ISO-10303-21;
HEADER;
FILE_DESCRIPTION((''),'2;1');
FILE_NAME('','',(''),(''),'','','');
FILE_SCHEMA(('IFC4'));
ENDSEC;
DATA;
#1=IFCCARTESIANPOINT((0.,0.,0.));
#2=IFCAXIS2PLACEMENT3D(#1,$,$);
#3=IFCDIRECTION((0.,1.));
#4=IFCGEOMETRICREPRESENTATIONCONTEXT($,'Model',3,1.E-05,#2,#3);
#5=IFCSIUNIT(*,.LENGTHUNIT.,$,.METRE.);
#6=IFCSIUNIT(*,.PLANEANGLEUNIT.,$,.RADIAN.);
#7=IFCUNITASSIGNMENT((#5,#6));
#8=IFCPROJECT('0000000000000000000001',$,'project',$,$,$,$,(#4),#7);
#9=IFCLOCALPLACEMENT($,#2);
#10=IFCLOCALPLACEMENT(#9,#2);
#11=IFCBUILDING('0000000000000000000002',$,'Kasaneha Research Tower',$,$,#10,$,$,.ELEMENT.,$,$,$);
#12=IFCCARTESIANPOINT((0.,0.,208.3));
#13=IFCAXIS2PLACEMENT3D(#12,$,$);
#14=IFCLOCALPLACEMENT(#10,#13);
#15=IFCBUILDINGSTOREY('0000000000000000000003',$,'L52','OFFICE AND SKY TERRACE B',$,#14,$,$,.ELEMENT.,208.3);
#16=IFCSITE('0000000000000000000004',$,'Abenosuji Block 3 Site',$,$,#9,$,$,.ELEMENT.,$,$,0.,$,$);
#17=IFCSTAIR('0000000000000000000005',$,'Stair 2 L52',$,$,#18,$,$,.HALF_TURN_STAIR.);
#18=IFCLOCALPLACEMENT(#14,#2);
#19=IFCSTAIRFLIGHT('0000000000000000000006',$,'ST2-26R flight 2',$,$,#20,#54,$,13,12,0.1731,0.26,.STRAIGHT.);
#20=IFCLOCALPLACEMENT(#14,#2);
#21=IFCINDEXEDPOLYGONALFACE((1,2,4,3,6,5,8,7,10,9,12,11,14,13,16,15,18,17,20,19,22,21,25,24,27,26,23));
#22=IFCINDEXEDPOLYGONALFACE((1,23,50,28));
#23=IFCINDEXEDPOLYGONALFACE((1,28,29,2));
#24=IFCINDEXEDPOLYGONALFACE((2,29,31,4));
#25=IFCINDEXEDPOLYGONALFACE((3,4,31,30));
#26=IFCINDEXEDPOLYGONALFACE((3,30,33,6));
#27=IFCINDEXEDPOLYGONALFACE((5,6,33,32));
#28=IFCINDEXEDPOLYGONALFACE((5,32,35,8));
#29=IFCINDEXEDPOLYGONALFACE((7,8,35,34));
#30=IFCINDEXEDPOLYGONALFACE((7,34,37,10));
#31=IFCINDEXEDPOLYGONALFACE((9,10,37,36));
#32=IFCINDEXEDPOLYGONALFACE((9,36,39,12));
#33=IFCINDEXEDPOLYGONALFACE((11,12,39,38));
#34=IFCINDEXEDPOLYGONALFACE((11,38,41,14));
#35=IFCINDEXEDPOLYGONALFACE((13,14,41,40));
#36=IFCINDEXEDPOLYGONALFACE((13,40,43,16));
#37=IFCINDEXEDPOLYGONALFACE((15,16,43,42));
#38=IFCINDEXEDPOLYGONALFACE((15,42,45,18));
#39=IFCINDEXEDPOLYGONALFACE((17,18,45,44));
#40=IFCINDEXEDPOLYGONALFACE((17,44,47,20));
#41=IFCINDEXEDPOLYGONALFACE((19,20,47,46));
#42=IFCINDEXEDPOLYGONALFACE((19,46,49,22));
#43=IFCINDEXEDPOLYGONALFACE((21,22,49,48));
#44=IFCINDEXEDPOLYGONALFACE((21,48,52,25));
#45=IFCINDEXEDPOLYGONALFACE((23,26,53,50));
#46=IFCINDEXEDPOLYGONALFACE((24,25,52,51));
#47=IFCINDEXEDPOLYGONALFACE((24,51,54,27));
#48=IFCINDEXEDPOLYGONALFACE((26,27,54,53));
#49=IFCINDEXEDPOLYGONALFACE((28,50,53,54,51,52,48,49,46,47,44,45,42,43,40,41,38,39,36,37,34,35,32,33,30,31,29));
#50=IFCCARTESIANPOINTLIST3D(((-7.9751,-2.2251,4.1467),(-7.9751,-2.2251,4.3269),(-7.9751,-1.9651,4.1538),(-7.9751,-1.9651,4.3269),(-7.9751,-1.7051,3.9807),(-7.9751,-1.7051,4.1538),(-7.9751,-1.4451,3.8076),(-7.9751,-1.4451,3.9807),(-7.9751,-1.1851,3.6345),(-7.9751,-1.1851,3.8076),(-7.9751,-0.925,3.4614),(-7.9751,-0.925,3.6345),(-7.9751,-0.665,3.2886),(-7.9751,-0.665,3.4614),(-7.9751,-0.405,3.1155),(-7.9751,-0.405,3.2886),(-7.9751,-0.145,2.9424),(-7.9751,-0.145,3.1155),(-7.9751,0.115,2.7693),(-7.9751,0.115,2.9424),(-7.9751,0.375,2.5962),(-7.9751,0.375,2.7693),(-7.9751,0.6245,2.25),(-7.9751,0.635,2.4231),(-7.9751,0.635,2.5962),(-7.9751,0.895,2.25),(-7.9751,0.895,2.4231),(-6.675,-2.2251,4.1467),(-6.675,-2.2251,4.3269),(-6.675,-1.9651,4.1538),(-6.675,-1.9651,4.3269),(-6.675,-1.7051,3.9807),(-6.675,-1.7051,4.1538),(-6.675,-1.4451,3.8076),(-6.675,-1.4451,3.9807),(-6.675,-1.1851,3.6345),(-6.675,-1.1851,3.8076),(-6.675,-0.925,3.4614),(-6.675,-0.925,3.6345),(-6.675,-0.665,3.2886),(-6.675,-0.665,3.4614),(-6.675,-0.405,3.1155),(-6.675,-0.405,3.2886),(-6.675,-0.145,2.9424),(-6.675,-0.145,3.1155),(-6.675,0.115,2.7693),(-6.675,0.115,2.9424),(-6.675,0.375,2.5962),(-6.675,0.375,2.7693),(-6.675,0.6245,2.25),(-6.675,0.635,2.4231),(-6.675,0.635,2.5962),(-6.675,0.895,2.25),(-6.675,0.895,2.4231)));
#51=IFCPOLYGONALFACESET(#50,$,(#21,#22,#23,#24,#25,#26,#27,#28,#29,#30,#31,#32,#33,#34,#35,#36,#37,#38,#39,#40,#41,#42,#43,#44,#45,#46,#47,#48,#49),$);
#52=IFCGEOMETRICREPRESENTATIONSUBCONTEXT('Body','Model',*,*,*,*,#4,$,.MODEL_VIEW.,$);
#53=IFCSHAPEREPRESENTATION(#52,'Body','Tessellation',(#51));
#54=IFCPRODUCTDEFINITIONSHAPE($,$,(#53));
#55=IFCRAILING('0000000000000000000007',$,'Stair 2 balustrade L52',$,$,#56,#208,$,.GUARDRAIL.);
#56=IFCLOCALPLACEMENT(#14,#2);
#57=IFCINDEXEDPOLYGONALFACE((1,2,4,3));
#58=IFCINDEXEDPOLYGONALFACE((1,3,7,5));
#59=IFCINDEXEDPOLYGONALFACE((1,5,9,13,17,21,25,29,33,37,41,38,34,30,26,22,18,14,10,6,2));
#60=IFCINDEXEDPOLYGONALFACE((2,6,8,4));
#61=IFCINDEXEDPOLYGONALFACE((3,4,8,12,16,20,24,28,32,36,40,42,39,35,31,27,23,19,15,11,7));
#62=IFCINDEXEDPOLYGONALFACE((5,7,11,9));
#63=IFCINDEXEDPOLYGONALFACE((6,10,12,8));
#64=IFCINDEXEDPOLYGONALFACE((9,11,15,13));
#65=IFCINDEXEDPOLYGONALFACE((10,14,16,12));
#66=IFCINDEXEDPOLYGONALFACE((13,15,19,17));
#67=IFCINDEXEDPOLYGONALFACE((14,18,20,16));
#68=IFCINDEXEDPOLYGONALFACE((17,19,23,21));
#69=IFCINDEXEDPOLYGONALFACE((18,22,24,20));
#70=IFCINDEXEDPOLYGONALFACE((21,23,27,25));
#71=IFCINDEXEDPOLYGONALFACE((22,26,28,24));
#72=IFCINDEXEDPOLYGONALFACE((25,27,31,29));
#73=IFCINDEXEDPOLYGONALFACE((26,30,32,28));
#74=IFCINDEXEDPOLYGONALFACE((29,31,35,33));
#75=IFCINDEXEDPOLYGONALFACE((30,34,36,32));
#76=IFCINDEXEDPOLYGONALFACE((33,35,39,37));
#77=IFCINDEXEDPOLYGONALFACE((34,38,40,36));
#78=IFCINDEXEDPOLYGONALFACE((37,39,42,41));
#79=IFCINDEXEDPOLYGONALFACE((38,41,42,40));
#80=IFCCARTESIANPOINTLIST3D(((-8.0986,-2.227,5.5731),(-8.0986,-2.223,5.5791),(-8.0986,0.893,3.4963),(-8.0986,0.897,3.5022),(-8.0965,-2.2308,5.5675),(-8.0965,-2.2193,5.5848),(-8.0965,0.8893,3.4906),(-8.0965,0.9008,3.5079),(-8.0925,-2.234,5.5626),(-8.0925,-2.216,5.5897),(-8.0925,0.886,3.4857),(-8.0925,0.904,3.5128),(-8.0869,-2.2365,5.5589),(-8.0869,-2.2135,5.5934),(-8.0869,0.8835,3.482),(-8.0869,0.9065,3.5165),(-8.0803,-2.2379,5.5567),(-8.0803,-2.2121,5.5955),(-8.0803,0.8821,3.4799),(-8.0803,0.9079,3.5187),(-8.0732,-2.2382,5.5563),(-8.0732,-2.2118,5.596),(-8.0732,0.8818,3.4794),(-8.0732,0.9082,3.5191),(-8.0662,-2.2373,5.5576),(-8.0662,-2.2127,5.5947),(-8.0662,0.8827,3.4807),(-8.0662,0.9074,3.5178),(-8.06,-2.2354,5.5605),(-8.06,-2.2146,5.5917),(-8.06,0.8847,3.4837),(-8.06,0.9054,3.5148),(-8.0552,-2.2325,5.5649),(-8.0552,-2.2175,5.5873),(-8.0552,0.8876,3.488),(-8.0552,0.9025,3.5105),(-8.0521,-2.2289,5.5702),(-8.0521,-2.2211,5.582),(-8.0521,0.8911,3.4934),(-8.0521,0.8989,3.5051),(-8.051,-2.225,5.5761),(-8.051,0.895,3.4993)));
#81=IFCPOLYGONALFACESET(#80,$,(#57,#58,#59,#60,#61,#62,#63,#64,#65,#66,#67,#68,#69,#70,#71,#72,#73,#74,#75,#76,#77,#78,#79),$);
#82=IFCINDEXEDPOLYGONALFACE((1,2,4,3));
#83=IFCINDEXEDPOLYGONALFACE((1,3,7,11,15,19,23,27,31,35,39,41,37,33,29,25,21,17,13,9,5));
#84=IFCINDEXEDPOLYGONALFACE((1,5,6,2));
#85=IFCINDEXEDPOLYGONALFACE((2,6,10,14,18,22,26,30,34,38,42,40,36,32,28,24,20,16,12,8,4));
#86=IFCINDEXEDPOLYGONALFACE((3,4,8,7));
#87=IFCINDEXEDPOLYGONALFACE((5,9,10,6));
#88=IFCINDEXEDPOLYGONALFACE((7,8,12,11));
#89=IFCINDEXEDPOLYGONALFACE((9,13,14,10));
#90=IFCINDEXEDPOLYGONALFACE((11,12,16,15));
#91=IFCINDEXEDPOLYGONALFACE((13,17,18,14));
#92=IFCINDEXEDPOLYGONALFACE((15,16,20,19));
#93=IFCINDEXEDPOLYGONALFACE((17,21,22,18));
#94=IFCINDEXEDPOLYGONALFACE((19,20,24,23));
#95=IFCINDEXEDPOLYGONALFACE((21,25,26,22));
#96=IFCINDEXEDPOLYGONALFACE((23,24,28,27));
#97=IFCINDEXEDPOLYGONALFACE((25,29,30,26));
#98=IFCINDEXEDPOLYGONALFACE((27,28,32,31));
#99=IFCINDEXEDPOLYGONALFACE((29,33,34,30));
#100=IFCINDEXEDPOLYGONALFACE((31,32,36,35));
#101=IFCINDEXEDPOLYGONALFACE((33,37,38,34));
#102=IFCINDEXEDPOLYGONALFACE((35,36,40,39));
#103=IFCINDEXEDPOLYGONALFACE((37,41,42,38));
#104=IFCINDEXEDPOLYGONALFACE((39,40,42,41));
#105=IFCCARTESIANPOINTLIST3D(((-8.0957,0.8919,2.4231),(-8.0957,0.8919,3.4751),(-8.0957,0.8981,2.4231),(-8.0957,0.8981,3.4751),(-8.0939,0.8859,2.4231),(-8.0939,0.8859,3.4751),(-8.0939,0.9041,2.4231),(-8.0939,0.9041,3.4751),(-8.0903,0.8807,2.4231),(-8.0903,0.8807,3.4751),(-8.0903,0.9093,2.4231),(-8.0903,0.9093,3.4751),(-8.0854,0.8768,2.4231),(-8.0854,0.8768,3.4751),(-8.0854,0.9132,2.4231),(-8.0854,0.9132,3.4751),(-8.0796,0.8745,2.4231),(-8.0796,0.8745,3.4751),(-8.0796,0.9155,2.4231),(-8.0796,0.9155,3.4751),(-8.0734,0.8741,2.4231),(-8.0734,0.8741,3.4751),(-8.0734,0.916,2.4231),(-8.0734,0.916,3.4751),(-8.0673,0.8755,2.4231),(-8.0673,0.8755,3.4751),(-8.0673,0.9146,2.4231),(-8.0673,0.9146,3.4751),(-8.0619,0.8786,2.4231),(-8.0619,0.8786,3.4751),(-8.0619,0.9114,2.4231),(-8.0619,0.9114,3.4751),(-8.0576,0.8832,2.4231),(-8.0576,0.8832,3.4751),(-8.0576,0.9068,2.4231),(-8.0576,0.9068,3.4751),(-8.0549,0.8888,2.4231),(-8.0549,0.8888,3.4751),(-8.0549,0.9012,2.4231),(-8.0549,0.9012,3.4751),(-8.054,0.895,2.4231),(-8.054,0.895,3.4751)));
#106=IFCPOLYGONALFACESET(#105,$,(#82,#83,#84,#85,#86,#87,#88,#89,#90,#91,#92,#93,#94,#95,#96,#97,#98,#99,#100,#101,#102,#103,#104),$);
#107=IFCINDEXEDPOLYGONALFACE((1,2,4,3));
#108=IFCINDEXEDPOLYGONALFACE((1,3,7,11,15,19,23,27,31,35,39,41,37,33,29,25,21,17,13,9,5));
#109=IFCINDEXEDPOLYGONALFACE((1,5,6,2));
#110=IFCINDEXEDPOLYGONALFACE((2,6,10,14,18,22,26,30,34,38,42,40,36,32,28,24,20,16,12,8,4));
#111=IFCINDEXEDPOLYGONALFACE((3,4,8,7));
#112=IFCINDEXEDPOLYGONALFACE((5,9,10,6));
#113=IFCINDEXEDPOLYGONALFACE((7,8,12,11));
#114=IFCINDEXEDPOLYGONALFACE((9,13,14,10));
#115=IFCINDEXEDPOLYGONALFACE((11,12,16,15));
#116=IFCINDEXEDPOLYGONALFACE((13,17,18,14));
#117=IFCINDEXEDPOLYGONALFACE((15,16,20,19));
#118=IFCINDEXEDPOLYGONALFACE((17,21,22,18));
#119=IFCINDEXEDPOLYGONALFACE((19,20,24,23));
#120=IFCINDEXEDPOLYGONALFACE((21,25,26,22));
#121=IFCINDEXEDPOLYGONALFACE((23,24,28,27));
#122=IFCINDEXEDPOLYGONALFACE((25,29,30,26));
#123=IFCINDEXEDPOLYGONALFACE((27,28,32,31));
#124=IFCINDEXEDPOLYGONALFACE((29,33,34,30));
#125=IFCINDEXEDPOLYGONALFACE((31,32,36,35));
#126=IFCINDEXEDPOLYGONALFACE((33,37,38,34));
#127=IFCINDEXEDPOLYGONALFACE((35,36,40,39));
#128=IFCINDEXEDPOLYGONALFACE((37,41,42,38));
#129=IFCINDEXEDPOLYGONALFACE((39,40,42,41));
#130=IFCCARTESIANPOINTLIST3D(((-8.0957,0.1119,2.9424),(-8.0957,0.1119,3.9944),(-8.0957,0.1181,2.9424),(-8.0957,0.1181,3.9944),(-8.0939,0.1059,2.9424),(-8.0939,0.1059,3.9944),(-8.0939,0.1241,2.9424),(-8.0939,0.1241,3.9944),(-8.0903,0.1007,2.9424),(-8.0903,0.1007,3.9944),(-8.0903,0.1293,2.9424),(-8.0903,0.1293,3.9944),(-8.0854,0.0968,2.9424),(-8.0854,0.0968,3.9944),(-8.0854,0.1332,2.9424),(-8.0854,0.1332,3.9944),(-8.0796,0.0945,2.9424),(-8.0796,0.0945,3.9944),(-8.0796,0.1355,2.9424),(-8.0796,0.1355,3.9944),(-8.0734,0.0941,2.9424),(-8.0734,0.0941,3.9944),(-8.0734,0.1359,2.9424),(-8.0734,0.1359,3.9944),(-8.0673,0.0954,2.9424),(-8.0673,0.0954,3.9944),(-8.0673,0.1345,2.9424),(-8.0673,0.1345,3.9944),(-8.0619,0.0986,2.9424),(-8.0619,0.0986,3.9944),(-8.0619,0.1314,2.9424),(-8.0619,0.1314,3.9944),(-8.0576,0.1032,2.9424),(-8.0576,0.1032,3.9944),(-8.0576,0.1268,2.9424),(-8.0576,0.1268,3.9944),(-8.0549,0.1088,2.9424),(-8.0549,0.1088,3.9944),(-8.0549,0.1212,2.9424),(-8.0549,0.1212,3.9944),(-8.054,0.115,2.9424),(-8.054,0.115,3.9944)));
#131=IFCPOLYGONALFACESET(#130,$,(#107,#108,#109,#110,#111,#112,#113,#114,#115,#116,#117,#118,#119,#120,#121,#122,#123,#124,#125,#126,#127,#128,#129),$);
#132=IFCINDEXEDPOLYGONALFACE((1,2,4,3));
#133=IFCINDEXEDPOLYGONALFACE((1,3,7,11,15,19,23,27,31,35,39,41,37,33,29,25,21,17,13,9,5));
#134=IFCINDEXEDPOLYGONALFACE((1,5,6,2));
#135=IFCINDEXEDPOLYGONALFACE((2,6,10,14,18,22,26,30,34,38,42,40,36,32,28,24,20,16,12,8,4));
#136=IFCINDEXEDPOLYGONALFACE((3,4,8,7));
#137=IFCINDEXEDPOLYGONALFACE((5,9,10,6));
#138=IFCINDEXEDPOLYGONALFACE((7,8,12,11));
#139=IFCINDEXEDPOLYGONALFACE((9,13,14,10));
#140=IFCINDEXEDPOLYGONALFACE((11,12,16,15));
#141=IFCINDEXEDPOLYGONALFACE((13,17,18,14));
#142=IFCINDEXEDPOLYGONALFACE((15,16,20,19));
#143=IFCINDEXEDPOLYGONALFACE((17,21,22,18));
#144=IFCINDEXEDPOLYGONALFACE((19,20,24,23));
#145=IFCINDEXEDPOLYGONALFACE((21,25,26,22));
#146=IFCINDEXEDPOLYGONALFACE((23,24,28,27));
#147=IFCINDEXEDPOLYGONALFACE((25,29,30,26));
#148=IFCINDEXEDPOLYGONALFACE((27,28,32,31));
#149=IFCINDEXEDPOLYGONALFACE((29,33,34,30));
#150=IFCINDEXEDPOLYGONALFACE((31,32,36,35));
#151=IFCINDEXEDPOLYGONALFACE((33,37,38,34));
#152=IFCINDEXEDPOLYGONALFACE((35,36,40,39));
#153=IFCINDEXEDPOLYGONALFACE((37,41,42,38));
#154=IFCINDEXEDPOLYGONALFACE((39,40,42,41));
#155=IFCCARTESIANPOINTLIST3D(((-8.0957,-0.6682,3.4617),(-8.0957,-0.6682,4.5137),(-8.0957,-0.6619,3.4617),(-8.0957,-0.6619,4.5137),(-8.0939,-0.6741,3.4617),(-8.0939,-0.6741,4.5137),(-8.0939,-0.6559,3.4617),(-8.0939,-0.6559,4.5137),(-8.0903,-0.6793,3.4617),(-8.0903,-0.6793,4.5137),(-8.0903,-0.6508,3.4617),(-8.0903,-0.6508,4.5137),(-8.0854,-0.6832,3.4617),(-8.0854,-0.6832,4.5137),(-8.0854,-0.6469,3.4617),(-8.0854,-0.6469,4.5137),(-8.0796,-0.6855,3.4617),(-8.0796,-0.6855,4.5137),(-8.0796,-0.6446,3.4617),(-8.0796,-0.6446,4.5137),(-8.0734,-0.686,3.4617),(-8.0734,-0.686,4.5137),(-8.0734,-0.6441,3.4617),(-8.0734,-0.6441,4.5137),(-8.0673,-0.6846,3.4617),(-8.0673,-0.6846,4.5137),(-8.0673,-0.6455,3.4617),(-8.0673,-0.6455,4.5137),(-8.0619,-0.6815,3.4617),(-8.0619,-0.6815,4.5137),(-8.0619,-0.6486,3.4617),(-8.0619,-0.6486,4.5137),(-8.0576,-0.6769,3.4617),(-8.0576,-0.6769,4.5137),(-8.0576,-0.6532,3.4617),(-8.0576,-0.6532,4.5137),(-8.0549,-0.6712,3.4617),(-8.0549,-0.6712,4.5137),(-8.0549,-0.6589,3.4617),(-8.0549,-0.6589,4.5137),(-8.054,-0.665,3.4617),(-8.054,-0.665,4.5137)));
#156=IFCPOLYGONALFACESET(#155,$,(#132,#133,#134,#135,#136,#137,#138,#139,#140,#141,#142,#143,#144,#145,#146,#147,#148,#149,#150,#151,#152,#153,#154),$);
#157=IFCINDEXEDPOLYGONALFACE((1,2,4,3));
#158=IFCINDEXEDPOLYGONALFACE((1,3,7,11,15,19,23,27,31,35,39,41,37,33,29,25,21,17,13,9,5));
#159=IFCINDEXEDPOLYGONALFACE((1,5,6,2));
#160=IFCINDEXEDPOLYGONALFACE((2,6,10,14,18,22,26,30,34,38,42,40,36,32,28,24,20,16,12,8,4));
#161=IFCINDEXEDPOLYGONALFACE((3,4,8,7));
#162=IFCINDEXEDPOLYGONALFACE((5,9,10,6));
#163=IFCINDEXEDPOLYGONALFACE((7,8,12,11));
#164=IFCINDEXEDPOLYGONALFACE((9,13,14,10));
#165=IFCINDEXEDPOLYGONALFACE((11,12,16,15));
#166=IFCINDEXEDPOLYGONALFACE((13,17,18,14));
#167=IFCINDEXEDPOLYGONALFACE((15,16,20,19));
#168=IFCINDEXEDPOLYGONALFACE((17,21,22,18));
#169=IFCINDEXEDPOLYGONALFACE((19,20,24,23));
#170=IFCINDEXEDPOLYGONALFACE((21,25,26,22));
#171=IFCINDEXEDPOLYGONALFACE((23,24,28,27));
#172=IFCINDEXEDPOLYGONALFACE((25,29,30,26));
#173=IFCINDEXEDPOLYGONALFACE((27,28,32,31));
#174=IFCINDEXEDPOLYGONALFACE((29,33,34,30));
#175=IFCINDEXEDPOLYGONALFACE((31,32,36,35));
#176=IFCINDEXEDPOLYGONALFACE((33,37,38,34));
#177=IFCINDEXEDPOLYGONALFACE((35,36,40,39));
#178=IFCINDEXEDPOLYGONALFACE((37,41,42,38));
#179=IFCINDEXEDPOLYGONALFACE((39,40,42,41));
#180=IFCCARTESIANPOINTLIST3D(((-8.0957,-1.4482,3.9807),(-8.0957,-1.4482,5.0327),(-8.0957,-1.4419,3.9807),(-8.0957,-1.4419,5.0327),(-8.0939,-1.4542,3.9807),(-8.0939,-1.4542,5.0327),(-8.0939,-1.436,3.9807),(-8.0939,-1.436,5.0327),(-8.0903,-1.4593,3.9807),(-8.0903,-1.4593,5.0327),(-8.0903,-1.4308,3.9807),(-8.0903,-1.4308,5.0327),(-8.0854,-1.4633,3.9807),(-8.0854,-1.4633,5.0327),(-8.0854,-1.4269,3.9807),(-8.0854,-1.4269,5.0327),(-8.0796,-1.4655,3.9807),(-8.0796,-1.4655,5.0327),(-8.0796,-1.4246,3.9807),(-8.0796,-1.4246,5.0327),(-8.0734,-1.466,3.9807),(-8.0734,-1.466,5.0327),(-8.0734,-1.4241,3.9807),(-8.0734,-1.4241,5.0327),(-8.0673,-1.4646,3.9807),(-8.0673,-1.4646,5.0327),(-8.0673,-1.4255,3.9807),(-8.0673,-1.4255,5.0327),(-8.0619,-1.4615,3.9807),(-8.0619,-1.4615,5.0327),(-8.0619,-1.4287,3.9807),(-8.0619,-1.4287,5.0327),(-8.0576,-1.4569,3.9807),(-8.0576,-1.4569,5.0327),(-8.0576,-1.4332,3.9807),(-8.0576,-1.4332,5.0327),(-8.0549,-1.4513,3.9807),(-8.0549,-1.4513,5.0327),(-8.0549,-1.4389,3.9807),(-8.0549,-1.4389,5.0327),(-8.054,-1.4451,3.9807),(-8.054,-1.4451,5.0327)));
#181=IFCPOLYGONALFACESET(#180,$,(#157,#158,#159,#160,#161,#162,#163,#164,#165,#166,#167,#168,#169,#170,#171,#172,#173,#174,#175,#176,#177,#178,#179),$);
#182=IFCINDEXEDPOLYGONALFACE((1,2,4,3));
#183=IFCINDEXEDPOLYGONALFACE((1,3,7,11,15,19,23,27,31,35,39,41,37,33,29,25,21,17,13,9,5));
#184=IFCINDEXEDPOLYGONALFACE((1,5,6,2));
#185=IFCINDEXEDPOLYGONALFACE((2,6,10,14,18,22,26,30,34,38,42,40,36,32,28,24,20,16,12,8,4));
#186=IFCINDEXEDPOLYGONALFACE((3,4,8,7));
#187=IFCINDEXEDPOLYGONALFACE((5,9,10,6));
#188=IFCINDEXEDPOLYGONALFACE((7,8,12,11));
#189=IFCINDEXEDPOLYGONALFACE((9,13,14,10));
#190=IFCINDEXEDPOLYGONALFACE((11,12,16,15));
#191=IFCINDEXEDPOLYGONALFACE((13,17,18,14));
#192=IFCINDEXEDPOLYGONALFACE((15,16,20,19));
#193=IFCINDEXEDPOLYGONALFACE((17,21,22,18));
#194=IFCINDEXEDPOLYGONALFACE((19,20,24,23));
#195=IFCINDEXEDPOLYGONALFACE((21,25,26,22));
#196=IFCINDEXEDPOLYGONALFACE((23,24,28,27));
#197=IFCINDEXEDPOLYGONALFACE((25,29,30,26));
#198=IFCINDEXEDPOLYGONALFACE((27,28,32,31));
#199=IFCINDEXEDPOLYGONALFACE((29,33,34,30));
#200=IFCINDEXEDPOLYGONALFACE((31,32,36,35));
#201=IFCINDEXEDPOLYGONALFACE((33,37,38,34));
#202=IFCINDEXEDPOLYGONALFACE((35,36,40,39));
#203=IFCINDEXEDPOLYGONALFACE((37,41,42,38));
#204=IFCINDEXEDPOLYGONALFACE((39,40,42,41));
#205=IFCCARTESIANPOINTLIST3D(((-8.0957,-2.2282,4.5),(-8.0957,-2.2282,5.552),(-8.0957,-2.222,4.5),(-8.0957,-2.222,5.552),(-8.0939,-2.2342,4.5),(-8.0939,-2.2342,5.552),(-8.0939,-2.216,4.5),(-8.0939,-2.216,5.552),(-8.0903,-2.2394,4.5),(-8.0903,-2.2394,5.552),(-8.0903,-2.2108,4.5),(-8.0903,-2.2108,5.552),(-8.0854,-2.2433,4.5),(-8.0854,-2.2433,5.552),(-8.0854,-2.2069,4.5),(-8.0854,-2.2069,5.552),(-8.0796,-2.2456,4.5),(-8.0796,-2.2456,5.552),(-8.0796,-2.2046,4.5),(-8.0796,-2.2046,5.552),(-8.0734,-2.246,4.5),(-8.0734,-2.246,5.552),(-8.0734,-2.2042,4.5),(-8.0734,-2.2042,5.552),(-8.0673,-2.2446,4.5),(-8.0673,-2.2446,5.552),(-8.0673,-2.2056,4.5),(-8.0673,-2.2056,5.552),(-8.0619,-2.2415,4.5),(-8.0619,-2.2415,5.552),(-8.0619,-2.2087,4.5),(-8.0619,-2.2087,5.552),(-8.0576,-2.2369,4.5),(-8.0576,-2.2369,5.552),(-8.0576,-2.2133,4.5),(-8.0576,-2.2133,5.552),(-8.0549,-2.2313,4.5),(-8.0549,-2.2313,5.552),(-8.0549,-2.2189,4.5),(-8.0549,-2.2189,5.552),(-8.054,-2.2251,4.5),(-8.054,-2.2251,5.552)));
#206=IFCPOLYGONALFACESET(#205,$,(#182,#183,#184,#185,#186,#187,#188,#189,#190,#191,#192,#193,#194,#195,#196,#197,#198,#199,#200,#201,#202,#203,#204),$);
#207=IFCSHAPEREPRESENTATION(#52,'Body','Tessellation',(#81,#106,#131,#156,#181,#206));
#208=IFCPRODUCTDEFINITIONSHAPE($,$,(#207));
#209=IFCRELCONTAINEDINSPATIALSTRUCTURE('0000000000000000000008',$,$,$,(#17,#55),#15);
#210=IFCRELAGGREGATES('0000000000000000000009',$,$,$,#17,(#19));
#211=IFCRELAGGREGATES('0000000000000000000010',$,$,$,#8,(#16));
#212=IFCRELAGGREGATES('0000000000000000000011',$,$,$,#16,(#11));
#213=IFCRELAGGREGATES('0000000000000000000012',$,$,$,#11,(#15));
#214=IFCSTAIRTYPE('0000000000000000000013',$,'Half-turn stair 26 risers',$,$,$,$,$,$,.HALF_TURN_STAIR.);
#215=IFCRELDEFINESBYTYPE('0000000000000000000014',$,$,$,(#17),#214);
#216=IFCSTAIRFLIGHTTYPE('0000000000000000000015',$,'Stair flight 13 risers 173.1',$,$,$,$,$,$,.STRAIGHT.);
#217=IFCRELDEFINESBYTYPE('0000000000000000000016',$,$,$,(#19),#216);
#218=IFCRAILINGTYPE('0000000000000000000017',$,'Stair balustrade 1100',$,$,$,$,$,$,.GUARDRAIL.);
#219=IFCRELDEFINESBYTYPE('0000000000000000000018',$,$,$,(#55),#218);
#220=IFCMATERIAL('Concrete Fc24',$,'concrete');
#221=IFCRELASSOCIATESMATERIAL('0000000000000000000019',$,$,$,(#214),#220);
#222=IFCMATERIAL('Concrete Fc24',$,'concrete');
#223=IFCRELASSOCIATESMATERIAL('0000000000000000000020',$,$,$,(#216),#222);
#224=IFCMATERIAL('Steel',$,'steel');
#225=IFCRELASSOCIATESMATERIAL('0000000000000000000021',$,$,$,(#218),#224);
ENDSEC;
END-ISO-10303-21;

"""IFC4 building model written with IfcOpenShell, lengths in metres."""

from ifc_helpers import new_model, si_unit, direction, frame, origin, origin_2d, place, context, subcontext, project, spatial, polyline, circle, outline, extrude, material, type_object, element, aggregate, save


model = new_model("IFC4")

# Units and contexts
model_context = context("Model", 3, precision=1e-05, world=origin(), true_north=direction((0.0, 1.0)))
body_context = subcontext(model_context, "Body", "Model", "MODEL_VIEW")
ifc_project = project(units=[si_unit("LENGTHUNIT", "METRE"), si_unit("PLANEANGLEUNIT", "RADIAN")], contexts=[model_context])

# Site, building, storey
site_placement = place(None, origin())
site = spatial("IfcSite", under=ifc_project, at=site_placement, Name="Abenosuji Block 3 Site", CompositionType="ELEMENT", RefElevation=0.0)
building_placement = place(site_placement, origin())
building = spatial("IfcBuilding", under=site, at=building_placement, Name="Kasaneha Research Tower", CompositionType="ELEMENT")
storey_placement = place(building_placement, frame((0.0, 0.0, 208.3)))
storey = spatial("IfcBuildingStorey", under=building, at=storey_placement, Name="L52", Description="OFFICE AND SKY TERRACE B", CompositionType="ELEMENT", Elevation=208.3)

# Stair, stair flight
ifc_material_1 = material(Name="Concrete Fc24", Category="concrete")
stair_type = type_object("IfcStairType", Name="Half-turn stair 26 risers", PredefinedType="HALF_TURN_STAIR", material=ifc_material_1)
stair_placement = place(storey_placement, origin())
stair = element("IfcStair", 1, at=stair_placement, inside=storey, type_object=stair_type, Name="Stair 2 L52", PredefinedType="HALF_TURN_STAIR")
ifc_material_2 = material(Name="Concrete Fc24", Category="concrete")
stair_flight_type = type_object("IfcStairFlightType", Name="Stair flight 13 risers 173.1", PredefinedType="STRAIGHT", material=ifc_material_2)
stair_flight_placement = place(storey_placement, frame((-7.325, 0.895, 2.25), z_axis=(0.0, 0.0, 1.0), x_axis=(0.0, -1.0, 0.0)))
stair_flight = element("IfcStairFlight", 2, at=stair_flight_placement, type_object=stair_flight_type, Name="ST2-26R flight 2", NumberOfRisers=13, NumberOfTreads=12, PredefinedType="STRAIGHT", RiserHeight=0.1731, TreadLength=0.26, context=body_context, shape_type="SweptSolid", body=[
    extrude(outline(polyline([(0.0, 0.0), (0.0, 0.1731), (0.26, 0.1731), (0.26, 0.3462), (0.52, 0.3462), (0.52, 0.5193), (0.78, 0.5193), (0.78, 0.6924), (1.04, 0.6924), (1.04, 0.8655), (1.3, 0.8655), (1.3, 1.0386), (1.5601, 1.0386), (1.5601, 1.2114), (1.8201, 1.2114), (1.8201, 1.3845), (2.0801, 1.3845), (2.0801, 1.5576), (2.3401, 1.5576), (2.3401, 1.7307), (2.6001, 1.7307), (2.6001, 1.9038), (2.8601, 1.9038), (2.8601, 2.0769), (3.1201, 2.0769), (3.1201, 2.25), (3.1201, 1.8967), (0.2705, 0.0), (0.0, 0.0)])), frame((0.0, 0.6499, 0.0), z_axis=(0.0, -1.0, 0.0), x_axis=(1.0, 0.0, 0.0)), (0.0, 0.0, 1.0), 1.3),
])
aggregate(stair, [stair_flight])

# Railing
ifc_material_3 = material(Name="Steel", Category="steel")
railing_type_1 = type_object("IfcRailingType", Name="Stair balustrade 1100", PredefinedType="GUARDRAIL", material=ifc_material_3)
railing_1_placement = place(storey_placement, frame((-8.075, 0.895, 2.4231)))
element("IfcRailing", 3, at=railing_1_placement, inside=storey, type_object=railing_type_1, Name="Stair 2 balustrade L52", PredefinedType="GUARDRAIL", context=body_context, shape_type="SweptSolid", body=[
    extrude(circle(Radius=0.0239, at=origin_2d()), frame((0.0, 0.0, 1.0762), z_axis=(0.0, -0.832441, 0.554114), x_axis=(1.0, 0.0, 0.0)), (0.0, 0.0, 1.0), 3.748),
    extrude(circle(Radius=0.021, at=origin_2d()), origin(), (0.0, 0.0, 1.0), 1.052),
    extrude(circle(Radius=0.021, at=origin_2d()), frame((0.0, -0.78, 0.5193)), (0.0, 0.0, 1.0), 1.052),
    extrude(circle(Radius=0.021, at=origin_2d()), frame((0.0, -1.5601, 1.0386)), (0.0, 0.0, 1.0), 1.052),
    extrude(circle(Radius=0.021, at=origin_2d()), frame((0.0, -2.3401, 1.5576)), (0.0, 0.0, 1.0), 1.052),
    extrude(circle(Radius=0.021, at=origin_2d()), frame((0.0, -3.1201, 2.0769)), (0.0, 0.0, 1.0), 1.052),
])

save(model, "model.ifc")
